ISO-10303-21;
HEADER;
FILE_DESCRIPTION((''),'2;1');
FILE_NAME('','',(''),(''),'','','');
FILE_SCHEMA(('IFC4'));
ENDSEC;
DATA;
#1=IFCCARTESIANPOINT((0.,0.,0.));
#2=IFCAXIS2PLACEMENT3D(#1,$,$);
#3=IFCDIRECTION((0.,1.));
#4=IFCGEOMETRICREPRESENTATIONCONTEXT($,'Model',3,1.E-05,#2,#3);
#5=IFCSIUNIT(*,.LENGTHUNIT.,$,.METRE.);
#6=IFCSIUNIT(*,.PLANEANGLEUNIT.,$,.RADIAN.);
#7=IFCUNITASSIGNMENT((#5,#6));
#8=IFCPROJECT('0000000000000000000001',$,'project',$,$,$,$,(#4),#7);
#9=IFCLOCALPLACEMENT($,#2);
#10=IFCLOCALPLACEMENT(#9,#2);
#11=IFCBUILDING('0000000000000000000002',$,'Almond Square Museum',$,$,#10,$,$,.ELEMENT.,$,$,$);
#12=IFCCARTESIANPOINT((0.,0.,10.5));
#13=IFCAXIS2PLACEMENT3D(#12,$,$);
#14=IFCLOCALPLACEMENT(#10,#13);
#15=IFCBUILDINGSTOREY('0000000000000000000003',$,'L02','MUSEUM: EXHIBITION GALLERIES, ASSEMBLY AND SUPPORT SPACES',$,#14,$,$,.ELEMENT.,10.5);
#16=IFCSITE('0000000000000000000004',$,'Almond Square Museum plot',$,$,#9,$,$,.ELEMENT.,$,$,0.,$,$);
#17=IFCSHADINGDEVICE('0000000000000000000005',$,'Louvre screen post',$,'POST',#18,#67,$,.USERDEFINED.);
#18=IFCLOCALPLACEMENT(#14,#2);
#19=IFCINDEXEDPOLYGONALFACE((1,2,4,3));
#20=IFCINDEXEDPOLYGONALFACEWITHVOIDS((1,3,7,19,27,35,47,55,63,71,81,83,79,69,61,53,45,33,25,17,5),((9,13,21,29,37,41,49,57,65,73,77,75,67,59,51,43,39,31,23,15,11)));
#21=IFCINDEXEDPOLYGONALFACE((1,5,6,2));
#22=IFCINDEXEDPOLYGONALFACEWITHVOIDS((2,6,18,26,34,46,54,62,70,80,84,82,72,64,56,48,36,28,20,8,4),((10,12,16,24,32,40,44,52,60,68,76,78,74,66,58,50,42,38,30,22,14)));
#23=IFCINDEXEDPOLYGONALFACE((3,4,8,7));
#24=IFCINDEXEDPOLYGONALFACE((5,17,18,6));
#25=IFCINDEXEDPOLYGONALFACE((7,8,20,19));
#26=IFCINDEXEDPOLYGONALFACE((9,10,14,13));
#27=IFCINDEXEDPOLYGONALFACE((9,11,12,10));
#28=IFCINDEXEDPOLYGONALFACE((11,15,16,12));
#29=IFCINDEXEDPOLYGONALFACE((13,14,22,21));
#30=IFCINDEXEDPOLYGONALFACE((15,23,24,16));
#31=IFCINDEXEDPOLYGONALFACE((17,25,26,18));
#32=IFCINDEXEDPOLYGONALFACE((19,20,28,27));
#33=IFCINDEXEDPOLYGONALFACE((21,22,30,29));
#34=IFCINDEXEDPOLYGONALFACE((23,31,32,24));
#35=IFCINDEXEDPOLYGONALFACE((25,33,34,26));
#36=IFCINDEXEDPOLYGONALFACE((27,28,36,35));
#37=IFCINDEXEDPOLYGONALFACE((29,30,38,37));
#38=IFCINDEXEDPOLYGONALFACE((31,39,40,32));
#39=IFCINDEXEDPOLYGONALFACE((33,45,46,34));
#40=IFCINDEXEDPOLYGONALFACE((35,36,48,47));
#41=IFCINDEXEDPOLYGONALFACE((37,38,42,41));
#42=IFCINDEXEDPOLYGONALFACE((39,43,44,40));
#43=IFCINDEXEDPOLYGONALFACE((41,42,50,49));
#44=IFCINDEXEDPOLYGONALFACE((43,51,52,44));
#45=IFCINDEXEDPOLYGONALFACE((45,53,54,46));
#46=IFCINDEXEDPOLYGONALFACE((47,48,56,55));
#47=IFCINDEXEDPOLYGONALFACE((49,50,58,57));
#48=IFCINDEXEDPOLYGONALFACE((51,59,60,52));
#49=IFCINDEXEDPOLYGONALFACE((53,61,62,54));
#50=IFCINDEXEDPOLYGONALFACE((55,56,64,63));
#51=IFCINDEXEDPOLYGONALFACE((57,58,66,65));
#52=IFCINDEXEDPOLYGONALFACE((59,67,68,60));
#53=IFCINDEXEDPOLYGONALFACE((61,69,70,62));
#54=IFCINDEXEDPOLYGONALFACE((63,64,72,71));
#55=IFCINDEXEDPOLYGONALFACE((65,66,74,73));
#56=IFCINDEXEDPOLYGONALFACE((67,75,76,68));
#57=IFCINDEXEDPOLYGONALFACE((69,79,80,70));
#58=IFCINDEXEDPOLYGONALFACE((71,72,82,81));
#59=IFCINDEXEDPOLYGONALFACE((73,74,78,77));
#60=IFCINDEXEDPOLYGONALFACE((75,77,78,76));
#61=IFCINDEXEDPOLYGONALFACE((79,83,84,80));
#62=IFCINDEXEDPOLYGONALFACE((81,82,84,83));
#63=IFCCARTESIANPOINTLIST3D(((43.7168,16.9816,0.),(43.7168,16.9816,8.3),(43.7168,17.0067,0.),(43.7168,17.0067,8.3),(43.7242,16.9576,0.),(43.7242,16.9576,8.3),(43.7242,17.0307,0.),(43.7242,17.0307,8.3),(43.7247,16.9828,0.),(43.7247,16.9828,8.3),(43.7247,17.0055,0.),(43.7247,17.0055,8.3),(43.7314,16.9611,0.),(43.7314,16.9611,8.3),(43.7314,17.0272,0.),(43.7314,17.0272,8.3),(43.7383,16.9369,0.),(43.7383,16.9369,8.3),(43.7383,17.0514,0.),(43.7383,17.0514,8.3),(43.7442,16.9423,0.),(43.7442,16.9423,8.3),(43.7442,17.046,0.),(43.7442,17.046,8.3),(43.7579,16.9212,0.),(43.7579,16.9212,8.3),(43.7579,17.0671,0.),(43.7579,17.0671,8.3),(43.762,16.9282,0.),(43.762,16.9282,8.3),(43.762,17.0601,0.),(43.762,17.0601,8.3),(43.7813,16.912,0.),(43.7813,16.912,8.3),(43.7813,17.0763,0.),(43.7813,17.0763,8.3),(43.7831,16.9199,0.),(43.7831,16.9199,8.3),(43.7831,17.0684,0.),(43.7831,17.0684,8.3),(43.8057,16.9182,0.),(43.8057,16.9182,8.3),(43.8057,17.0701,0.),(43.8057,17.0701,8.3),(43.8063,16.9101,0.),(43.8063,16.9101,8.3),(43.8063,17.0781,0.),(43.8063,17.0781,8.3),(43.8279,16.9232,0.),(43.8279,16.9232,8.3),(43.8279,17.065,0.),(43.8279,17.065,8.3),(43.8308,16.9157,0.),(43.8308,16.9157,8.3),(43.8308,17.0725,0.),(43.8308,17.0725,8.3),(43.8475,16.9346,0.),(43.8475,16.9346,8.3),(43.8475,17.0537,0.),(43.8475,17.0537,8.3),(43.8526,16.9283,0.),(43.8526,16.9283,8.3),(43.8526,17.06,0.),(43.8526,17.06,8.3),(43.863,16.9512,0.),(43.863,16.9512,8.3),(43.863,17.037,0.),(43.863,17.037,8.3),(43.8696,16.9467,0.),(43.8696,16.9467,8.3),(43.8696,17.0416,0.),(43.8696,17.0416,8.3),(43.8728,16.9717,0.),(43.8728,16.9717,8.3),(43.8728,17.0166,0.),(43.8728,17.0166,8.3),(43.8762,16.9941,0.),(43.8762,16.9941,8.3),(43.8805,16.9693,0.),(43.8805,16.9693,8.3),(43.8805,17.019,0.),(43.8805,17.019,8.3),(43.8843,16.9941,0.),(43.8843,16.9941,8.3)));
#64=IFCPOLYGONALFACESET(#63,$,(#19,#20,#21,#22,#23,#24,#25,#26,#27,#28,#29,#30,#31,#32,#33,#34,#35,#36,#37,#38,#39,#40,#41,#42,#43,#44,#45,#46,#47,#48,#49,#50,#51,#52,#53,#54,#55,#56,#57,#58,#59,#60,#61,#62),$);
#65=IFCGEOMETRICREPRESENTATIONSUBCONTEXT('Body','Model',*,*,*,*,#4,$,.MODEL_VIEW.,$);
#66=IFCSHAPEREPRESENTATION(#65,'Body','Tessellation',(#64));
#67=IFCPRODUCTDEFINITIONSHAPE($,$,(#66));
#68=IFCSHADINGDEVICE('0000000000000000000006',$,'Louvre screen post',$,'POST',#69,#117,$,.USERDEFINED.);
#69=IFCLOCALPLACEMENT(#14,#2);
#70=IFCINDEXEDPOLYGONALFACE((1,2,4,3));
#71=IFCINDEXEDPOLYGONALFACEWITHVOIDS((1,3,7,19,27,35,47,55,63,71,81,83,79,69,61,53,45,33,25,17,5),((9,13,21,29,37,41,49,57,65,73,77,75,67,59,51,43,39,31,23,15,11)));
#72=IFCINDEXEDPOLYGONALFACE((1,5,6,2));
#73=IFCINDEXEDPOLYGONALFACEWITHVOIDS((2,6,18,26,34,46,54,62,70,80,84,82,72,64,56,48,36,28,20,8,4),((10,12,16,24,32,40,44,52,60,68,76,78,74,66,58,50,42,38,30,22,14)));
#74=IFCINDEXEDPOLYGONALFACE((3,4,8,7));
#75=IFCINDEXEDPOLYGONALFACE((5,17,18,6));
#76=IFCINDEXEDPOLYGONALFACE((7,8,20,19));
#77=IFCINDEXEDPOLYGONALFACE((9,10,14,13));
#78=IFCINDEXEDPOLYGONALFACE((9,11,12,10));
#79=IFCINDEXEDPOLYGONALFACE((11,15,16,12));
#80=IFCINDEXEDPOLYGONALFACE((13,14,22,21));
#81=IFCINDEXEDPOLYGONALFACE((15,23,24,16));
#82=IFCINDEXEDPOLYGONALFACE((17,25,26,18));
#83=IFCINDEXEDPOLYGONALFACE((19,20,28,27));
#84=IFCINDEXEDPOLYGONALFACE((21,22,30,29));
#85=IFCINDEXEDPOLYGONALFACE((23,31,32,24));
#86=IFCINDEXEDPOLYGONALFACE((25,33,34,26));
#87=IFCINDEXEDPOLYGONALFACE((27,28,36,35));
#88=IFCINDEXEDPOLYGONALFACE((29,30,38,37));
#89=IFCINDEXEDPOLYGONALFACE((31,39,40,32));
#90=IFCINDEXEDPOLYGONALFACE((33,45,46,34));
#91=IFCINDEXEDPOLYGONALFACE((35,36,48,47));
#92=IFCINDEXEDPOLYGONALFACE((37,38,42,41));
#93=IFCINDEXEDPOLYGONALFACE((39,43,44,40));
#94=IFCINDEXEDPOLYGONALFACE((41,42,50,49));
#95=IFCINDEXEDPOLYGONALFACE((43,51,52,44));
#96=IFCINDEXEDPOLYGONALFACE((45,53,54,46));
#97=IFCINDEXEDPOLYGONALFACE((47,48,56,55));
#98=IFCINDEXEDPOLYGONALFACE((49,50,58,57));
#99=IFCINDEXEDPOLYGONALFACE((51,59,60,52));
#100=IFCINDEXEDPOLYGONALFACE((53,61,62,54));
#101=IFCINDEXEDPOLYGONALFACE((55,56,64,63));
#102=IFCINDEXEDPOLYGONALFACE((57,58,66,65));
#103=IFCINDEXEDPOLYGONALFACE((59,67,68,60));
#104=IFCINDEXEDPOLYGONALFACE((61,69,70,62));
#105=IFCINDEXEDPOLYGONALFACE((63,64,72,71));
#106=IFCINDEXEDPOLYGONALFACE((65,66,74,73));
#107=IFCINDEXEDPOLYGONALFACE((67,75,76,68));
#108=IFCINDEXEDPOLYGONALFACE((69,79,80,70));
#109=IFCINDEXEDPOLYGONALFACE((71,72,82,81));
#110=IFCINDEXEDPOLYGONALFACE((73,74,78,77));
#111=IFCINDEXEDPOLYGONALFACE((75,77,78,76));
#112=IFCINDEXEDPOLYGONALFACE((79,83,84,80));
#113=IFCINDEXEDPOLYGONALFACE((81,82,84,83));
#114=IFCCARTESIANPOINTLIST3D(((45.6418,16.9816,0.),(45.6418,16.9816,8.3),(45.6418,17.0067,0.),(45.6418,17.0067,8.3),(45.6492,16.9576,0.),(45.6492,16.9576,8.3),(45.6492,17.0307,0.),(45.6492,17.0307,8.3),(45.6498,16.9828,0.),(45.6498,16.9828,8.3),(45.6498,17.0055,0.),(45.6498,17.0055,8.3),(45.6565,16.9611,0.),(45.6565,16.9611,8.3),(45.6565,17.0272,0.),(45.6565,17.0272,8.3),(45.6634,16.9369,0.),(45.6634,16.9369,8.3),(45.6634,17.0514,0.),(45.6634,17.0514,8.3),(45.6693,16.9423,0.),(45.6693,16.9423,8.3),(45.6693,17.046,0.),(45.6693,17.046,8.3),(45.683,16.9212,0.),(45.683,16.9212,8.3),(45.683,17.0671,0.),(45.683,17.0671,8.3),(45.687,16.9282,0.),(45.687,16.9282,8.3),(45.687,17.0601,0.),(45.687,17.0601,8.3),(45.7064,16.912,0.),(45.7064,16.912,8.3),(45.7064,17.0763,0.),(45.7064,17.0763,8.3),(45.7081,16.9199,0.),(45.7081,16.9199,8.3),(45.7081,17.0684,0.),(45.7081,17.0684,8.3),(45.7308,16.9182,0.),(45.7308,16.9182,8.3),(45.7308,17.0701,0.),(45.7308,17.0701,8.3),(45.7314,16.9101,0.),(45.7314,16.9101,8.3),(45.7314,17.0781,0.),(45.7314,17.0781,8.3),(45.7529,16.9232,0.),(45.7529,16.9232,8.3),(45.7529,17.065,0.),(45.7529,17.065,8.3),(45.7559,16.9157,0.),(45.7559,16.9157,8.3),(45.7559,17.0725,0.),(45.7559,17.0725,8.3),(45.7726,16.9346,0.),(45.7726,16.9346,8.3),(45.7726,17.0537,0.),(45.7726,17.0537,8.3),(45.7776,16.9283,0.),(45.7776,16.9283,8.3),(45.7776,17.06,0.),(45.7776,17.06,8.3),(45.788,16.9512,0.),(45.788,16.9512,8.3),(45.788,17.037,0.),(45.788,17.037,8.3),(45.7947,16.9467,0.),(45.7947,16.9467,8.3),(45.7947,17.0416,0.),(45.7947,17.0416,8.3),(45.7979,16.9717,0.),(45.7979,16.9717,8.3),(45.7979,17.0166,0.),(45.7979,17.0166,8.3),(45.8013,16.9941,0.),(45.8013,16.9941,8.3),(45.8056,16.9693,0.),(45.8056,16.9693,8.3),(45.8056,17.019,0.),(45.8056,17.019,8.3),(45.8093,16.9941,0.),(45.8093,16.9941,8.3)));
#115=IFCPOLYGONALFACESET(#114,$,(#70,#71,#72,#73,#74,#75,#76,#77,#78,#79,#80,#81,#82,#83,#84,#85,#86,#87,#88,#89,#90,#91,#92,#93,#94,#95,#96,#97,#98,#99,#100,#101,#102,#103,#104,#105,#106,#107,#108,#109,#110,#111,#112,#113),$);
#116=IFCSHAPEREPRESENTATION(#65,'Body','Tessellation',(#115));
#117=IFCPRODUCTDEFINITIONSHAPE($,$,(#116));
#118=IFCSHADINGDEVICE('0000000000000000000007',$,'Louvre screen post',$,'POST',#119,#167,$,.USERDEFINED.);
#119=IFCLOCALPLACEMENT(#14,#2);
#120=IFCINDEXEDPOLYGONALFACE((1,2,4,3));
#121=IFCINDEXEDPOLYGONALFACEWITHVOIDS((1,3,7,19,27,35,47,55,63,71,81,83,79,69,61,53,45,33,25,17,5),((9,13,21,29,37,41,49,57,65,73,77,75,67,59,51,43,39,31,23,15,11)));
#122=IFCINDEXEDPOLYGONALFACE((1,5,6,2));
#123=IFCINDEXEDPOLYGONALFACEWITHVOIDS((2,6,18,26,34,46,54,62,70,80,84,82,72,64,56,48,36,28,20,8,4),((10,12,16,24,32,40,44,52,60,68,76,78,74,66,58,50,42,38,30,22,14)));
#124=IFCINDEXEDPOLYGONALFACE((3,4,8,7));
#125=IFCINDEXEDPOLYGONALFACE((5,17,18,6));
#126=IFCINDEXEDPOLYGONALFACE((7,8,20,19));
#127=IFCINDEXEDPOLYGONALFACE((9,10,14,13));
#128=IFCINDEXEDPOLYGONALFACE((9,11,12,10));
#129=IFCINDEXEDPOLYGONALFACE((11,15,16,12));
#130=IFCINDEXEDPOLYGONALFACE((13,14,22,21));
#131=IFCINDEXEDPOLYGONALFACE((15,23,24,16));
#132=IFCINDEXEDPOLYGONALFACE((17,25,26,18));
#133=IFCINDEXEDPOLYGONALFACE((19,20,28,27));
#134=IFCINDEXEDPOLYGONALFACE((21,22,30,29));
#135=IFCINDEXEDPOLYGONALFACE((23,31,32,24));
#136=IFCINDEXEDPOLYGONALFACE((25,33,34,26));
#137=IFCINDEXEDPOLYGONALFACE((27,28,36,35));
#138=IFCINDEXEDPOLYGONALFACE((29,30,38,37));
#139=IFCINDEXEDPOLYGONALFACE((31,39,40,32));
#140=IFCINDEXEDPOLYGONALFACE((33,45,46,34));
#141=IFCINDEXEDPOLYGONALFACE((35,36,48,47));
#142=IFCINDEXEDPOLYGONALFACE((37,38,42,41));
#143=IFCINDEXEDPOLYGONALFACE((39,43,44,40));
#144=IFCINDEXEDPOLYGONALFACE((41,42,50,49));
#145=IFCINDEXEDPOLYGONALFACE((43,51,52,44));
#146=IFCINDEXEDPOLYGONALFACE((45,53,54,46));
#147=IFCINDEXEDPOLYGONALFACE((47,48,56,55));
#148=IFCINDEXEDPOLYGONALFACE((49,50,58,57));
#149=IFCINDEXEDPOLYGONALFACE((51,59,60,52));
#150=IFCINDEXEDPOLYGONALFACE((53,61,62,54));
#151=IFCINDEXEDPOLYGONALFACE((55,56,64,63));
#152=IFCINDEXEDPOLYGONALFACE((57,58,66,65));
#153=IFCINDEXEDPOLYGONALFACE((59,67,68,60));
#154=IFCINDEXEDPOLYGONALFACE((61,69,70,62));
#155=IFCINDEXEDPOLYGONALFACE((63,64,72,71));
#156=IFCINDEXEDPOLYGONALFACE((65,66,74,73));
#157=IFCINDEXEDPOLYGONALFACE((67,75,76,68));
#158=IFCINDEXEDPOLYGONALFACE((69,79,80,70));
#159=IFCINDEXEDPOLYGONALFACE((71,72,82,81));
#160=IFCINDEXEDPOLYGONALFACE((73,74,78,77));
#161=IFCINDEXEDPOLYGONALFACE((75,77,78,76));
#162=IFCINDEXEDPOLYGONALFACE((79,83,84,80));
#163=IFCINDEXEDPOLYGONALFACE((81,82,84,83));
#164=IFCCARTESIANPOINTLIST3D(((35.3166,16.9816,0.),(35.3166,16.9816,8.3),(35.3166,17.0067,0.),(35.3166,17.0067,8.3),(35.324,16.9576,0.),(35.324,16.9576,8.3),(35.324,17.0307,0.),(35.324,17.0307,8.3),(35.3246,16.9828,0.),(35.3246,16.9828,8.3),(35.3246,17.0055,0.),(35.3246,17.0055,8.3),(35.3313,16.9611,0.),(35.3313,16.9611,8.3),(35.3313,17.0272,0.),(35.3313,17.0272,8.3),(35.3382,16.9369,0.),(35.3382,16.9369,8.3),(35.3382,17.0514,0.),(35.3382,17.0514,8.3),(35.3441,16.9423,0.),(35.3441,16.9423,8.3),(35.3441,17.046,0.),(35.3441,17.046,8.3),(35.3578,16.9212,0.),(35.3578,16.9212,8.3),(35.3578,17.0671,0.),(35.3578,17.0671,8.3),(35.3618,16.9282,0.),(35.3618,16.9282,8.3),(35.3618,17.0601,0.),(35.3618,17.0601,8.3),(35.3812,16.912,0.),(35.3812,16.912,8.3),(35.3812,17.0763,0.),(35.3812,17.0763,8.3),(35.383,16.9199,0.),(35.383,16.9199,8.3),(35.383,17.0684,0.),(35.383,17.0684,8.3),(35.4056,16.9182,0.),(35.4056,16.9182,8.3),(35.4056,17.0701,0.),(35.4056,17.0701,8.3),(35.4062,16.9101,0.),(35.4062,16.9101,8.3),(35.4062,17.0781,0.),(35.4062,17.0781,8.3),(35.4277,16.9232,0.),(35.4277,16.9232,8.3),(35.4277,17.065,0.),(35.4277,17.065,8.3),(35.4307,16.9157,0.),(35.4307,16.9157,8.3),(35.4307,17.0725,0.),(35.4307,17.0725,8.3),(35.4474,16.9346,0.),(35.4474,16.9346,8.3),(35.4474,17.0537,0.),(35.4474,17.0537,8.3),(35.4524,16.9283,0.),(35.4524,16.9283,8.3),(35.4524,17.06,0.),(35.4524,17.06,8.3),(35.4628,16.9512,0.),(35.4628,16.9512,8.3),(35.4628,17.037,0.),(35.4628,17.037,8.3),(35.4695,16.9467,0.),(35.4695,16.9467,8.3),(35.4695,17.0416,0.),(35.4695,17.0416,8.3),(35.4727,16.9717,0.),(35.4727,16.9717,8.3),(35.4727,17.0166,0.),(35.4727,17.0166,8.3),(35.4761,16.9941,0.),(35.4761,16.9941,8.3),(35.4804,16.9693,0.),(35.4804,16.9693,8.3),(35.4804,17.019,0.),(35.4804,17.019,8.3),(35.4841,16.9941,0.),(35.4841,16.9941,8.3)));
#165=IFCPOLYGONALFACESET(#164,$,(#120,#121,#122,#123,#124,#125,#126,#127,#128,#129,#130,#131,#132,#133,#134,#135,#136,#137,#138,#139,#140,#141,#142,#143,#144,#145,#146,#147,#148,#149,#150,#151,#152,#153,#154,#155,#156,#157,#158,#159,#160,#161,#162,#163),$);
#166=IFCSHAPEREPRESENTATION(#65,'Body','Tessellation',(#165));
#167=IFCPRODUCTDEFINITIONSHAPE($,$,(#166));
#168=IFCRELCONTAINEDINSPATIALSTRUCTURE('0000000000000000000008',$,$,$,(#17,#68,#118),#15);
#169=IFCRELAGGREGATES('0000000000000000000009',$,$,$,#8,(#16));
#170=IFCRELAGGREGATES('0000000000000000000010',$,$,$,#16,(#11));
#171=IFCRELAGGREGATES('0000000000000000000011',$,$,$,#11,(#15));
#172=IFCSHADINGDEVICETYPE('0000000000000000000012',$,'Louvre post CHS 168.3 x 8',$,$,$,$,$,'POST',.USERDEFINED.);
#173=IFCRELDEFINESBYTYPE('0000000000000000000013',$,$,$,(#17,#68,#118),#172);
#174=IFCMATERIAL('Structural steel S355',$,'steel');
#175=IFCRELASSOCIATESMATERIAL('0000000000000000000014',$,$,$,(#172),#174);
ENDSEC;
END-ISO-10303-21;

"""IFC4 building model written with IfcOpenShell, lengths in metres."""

from ifc_helpers import new_model, si_unit, direction, frame, origin, origin_2d, place, context, subcontext, project, spatial, hollow_circle, extrude, material, material_profile, profile_set, type_object, element, save


model = new_model("IFC4")

# Units and contexts
model_context = context("Model", 3, precision=1e-05, world=origin(), true_north=direction((0.0, 1.0)))
body_context = subcontext(model_context, "Body", "Model", "MODEL_VIEW")
ifc_project = project(units=[si_unit("LENGTHUNIT", "METRE"), si_unit("PLANEANGLEUNIT", "RADIAN")], contexts=[model_context])

# Site, building, storey
site_placement = place(None, origin())
site = spatial("IfcSite", under=ifc_project, at=site_placement, Name="Almond Square Museum plot", CompositionType="ELEMENT", RefElevation=0.0)
building_placement = place(site_placement, origin())
building = spatial("IfcBuilding", under=site, at=building_placement, Name="Almond Square Museum", CompositionType="ELEMENT")
storey_placement = place(building_placement, frame((0.0, 0.0, 10.5)))
storey = spatial("IfcBuildingStorey", under=building, at=storey_placement, Name="L02", Description="MUSEUM: EXHIBITION GALLERIES, ASSEMBLY AND SUPPORT SPACES", CompositionType="ELEMENT", Elevation=10.5)

# Shading devices
ifc_material_1 = material(Name="Structural steel S355", Category="steel")
ifc_material_profile_1 = material_profile(ifc_material_1, hollow_circle(Radius=0.0842, WallThickness=0.0081, at=origin_2d()))
ifc_profile_set_1 = profile_set([ifc_material_profile_1], Name="Structural steel S355")
shading_device_type = type_object("IfcShadingDeviceType", Name="Louvre post CHS 168.3 x 8", ElementType="POST", PredefinedType="USERDEFINED", material=ifc_profile_set_1)
for number, where, z_axis, x_axis, name in (
    (1, (43.8, 16.9941, 0.0), (0.0, 0.0, 1.0), (1.0, 0.0, 0.0), "Louvre screen post"),
    (2, (45.7251, 16.9941, 0.0), (0.0, 0.0, 1.0), (1.0, 0.0, 0.0), "Louvre screen post"),
    (3, (35.3999, 16.9941, 0.0), (0.0, 0.0, 1.0), (1.0, 0.0, 0.0), "Louvre screen post"),
):
    element("IfcShadingDevice", number, at=place(storey_placement, frame(where, z_axis=z_axis, x_axis=x_axis)), inside=storey, type_object=shading_device_type, Name=name, ObjectType="POST", PredefinedType="USERDEFINED", context=body_context, shape_type="SweptSolid", body=[
        extrude(hollow_circle(Radius=0.0842, WallThickness=0.0081, at=origin_2d()), origin(), (0.0, 0.0, 1.0), 8.3),
    ])

save(model, "model.ifc")
